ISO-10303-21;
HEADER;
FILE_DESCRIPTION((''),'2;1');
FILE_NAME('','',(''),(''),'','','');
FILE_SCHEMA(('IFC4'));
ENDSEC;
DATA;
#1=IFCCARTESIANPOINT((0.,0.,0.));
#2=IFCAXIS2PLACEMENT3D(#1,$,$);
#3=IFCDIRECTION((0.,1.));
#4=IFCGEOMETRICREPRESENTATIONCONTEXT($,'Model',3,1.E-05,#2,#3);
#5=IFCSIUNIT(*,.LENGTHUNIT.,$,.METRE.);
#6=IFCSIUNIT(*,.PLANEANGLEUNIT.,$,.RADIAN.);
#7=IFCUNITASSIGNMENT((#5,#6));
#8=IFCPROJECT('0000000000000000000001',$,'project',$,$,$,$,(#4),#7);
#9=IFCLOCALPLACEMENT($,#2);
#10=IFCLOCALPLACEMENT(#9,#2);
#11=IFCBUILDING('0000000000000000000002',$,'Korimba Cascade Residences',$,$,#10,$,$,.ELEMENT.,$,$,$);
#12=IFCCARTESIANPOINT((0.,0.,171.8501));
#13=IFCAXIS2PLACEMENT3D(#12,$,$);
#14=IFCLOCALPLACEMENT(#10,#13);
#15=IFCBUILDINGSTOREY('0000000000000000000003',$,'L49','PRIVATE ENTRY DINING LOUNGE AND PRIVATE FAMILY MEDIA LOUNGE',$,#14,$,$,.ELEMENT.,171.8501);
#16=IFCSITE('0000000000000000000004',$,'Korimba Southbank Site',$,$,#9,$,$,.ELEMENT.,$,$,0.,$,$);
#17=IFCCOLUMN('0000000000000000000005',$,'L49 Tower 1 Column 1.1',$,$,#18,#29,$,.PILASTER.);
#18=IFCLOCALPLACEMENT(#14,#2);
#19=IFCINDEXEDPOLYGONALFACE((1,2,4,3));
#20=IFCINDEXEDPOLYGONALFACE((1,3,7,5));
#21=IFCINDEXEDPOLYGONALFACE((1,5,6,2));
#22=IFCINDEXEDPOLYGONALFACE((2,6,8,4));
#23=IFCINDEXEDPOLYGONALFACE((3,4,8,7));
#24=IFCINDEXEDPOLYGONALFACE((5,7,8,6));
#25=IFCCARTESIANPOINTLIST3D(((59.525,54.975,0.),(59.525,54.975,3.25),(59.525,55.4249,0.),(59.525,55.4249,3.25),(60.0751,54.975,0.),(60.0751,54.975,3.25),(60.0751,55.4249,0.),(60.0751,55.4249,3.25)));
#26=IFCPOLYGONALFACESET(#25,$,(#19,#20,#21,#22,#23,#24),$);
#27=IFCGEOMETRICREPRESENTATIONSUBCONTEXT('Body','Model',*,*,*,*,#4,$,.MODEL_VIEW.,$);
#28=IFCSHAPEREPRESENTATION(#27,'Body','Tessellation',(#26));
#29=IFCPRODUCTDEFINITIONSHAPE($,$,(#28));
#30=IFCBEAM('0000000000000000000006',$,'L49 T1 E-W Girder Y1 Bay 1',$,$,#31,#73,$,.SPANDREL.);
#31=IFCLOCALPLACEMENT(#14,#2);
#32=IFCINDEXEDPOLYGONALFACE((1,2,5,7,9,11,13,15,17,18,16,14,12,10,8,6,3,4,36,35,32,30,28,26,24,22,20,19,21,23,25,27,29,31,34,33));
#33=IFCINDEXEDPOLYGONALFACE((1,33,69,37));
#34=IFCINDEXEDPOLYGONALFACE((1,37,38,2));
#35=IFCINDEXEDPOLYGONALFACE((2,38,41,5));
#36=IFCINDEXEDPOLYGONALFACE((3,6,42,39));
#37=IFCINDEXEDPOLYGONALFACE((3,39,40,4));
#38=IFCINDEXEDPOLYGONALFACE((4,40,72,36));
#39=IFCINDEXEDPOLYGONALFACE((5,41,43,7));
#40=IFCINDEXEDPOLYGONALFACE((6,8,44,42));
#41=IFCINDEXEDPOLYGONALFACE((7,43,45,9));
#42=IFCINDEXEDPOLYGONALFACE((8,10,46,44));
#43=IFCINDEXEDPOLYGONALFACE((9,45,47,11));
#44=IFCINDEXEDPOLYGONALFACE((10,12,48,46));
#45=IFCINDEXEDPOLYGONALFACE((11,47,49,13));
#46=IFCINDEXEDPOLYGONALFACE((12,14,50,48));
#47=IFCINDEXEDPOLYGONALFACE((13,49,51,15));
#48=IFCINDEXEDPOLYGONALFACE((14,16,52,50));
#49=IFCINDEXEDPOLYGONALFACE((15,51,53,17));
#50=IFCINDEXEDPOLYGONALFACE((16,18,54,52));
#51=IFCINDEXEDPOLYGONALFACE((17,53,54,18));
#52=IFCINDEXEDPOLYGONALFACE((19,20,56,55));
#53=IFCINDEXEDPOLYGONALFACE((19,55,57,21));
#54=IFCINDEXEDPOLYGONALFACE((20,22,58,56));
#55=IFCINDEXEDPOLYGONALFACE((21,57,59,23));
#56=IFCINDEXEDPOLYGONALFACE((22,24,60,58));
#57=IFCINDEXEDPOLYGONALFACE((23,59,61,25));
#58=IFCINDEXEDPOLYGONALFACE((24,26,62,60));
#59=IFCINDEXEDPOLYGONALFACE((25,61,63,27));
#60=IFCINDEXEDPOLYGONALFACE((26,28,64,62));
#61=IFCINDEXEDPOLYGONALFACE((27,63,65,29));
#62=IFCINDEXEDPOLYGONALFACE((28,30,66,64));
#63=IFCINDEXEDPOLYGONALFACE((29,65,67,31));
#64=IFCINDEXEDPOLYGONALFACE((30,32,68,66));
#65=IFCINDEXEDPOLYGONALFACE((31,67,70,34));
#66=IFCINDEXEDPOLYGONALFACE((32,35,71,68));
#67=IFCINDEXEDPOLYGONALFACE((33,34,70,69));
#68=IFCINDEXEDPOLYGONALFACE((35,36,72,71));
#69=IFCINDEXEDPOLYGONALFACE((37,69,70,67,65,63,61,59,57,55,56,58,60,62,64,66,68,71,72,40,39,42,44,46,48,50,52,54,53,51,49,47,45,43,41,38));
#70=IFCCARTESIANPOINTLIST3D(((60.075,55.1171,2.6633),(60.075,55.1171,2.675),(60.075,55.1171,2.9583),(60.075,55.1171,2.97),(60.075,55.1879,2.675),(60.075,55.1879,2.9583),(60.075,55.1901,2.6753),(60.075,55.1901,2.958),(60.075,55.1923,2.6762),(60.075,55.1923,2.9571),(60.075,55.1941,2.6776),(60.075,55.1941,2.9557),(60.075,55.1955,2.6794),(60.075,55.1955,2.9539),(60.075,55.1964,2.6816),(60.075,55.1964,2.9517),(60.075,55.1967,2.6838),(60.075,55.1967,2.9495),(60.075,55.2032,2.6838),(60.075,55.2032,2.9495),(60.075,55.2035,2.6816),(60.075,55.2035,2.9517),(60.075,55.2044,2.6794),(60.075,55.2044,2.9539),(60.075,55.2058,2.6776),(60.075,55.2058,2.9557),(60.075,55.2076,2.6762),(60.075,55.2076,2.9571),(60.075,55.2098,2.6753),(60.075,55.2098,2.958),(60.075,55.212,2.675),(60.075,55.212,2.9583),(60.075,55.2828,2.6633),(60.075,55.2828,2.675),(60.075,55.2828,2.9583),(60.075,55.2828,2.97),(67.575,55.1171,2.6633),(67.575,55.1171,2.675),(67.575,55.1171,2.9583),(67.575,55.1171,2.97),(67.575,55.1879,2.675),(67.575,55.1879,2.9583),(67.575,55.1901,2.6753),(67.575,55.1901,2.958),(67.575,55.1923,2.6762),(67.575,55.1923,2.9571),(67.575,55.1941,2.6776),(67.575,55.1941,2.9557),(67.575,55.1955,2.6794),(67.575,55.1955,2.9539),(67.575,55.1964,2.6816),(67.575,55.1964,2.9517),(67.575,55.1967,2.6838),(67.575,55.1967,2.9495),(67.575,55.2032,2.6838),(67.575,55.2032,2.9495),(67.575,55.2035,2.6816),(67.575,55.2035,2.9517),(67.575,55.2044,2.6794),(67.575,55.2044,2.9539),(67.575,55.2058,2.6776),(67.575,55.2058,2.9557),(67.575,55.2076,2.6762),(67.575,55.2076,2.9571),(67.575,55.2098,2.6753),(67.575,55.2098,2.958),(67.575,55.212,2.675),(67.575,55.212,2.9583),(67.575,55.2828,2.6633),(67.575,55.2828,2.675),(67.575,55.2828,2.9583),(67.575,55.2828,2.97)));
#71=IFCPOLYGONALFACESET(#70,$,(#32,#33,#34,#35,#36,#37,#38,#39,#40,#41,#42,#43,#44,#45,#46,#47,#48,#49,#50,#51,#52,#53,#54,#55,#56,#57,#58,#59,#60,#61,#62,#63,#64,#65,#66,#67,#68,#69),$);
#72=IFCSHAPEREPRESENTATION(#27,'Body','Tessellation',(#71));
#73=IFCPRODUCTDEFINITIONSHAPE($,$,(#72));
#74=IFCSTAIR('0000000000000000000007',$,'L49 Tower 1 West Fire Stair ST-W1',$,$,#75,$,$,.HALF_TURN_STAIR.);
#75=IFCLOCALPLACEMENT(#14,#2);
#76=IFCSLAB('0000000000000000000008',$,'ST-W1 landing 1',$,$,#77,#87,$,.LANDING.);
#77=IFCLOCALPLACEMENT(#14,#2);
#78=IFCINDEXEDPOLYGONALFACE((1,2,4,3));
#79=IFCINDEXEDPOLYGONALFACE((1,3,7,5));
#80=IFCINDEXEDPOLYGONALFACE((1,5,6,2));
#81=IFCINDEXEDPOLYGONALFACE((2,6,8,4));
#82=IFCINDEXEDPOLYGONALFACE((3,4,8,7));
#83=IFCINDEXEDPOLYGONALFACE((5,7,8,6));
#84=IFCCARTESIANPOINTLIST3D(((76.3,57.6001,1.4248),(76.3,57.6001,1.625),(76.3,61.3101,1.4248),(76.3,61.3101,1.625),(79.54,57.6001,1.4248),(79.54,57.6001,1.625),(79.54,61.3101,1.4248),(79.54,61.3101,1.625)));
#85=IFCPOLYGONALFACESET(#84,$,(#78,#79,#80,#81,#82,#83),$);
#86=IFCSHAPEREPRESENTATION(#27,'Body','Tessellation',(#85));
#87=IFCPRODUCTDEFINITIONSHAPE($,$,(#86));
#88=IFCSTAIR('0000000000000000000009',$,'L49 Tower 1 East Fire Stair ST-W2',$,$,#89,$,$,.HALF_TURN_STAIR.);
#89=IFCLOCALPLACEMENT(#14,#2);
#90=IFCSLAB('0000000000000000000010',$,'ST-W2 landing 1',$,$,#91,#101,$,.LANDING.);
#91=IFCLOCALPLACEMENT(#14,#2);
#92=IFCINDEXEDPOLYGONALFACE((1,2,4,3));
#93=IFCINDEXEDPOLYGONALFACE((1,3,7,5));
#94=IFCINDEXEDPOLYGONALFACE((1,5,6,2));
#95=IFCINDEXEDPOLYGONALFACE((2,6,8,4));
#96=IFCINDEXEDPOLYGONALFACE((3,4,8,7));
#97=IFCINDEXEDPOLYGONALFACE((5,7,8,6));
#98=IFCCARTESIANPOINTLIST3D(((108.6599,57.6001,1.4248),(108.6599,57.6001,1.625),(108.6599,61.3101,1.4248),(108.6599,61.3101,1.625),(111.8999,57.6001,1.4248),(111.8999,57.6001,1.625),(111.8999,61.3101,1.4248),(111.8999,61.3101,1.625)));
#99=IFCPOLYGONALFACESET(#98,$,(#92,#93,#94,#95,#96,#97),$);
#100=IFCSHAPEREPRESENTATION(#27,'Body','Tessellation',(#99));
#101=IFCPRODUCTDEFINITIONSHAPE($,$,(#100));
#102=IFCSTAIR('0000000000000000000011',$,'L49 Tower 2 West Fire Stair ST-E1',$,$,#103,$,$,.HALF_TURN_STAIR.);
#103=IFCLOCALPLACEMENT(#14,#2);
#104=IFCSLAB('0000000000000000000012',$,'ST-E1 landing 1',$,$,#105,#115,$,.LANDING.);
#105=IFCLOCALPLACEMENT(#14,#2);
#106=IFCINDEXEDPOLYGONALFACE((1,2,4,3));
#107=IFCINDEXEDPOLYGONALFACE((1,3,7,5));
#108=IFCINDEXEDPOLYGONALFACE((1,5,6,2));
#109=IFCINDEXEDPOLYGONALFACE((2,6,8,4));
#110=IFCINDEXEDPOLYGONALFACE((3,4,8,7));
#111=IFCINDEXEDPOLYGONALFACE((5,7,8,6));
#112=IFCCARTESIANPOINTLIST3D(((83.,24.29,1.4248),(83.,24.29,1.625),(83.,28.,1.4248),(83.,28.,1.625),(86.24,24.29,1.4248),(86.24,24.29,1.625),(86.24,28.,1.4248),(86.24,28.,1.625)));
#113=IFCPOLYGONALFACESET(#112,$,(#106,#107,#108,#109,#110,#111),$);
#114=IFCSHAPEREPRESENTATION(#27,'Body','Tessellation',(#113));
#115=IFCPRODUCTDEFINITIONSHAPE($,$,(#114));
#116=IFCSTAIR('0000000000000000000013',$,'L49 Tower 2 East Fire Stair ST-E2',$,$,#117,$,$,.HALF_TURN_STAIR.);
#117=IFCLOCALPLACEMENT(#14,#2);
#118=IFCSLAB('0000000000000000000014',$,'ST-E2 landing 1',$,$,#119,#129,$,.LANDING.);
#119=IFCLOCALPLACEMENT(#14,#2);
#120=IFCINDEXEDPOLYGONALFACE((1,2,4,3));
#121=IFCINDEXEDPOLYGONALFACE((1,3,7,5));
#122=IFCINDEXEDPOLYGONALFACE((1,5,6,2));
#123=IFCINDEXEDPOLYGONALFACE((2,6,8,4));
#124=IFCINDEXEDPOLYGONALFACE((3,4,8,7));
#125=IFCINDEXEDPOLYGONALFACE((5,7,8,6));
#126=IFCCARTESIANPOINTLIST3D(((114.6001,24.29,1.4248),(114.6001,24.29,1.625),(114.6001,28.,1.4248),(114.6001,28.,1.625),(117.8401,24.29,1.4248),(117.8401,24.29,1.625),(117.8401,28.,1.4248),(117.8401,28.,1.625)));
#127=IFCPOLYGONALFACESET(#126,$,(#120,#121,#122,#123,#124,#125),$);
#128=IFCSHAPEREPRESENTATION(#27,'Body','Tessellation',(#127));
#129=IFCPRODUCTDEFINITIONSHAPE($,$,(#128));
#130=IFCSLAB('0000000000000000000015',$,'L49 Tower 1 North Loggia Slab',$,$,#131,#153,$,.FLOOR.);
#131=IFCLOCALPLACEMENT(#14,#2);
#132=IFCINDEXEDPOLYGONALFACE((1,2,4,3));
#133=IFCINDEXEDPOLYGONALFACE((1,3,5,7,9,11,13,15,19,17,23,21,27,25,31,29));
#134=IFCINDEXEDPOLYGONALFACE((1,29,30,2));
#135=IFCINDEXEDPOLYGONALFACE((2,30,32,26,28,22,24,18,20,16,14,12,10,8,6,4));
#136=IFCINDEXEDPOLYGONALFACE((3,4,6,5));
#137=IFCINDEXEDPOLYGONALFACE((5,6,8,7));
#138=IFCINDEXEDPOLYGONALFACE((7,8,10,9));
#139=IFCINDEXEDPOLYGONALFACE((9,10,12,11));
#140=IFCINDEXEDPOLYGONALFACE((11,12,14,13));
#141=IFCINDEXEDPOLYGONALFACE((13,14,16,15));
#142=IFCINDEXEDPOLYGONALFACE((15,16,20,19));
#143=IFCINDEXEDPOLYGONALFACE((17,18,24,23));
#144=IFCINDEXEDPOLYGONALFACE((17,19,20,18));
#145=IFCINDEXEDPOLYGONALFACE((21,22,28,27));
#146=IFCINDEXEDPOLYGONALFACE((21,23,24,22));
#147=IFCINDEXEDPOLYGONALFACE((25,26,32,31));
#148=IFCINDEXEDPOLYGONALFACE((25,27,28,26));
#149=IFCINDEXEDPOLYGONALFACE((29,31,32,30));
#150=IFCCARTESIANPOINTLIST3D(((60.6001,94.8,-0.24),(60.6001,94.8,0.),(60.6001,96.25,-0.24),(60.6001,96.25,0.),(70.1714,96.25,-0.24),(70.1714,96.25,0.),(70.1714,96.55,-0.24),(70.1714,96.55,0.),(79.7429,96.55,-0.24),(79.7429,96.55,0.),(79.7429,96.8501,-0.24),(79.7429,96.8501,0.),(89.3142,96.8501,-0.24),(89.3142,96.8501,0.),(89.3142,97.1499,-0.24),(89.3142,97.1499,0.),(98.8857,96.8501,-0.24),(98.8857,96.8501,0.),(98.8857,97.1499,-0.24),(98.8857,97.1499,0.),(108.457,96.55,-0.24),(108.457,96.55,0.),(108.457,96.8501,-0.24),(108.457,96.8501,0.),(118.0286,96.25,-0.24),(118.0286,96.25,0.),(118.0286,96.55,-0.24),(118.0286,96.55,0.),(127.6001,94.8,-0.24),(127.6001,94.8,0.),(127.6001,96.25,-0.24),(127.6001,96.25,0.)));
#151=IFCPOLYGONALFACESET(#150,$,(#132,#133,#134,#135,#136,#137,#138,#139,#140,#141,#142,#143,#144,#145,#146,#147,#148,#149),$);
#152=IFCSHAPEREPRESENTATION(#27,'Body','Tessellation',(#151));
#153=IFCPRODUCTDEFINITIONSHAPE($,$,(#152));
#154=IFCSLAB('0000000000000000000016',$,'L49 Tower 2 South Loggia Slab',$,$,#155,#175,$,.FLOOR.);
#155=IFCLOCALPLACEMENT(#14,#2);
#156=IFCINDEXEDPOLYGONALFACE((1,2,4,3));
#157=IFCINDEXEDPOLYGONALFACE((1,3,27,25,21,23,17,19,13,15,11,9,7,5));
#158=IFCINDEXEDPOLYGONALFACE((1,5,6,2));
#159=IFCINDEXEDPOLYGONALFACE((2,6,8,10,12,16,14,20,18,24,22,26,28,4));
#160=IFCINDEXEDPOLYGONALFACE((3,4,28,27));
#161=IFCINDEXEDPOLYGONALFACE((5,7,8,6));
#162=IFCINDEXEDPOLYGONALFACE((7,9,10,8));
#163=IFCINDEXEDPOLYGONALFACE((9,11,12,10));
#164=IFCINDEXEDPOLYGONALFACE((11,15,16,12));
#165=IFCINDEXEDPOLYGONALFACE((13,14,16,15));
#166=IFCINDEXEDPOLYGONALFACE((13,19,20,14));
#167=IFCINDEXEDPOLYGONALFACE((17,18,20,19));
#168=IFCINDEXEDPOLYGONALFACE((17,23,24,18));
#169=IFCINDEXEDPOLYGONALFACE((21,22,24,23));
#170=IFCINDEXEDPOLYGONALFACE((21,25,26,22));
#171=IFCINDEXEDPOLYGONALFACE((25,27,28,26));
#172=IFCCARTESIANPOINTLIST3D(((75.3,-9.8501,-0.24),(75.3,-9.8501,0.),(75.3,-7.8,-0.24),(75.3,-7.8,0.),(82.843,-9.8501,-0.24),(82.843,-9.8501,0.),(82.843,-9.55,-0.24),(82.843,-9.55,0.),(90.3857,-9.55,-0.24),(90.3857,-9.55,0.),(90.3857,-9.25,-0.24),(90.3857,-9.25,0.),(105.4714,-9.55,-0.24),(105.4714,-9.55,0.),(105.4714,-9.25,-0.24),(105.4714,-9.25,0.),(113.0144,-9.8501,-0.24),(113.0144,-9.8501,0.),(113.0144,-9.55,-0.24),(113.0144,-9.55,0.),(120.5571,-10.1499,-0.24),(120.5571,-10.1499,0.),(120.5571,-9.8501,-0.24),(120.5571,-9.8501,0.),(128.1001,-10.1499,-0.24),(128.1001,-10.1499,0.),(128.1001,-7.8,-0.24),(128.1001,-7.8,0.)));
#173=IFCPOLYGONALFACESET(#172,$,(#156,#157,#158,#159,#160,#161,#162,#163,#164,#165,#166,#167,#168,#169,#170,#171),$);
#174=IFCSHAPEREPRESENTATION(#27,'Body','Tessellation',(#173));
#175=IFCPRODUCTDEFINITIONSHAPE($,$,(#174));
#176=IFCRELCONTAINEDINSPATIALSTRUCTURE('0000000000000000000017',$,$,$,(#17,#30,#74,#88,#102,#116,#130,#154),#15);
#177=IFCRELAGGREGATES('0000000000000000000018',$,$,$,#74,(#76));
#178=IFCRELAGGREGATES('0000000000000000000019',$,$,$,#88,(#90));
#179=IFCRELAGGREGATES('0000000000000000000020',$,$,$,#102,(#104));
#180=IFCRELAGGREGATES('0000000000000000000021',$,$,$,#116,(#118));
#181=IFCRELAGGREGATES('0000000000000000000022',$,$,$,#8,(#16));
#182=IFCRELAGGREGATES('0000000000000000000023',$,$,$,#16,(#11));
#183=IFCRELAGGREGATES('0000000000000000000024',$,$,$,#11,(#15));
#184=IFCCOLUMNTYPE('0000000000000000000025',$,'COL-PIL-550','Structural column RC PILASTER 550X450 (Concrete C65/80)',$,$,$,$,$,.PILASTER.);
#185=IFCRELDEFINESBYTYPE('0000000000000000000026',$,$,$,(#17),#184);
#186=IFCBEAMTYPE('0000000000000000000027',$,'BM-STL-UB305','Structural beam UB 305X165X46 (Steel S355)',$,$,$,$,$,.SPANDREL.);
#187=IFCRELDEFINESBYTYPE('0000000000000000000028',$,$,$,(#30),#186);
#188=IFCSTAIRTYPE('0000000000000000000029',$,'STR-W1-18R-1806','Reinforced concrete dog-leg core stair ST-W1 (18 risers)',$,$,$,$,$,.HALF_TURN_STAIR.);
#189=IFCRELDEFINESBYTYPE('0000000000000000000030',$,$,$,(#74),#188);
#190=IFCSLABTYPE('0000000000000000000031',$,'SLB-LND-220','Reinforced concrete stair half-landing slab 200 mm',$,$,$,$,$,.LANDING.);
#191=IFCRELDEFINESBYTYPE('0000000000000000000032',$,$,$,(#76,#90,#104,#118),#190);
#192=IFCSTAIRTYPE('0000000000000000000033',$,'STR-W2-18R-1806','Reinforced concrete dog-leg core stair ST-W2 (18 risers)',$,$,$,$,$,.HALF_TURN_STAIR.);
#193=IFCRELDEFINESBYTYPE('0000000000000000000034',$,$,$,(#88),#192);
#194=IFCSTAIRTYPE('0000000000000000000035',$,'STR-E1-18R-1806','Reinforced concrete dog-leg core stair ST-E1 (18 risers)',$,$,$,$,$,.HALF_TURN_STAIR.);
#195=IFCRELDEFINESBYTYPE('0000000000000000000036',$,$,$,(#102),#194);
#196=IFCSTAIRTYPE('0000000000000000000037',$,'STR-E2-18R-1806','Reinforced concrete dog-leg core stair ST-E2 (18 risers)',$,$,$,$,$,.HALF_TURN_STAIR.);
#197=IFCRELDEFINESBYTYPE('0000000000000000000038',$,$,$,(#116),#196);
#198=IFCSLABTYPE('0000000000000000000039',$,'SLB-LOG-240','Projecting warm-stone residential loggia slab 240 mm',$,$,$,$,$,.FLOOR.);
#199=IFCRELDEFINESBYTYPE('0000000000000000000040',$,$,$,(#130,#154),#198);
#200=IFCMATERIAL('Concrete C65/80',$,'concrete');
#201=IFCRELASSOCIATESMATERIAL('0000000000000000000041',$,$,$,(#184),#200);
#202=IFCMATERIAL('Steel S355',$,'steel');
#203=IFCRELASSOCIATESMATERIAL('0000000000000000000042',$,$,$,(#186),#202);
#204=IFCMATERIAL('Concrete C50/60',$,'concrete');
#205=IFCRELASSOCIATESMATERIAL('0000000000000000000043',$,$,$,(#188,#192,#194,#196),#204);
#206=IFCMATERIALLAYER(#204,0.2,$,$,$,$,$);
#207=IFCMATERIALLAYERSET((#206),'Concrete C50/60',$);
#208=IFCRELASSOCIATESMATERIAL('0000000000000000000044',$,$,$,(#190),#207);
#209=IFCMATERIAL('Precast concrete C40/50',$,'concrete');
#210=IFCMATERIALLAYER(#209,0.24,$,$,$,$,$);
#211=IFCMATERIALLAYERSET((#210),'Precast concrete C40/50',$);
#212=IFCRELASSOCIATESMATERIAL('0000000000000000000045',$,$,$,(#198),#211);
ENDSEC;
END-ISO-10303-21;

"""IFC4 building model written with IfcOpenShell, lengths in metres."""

from ifc_helpers import new_model, si_unit, direction, frame, origin, origin_2d, place, context, subcontext, project, spatial, polyline, rectangle, i_section, outline, extrude, material, layer, layer_set, material_profile, profile_set, type_object, element, aggregate, save


model = new_model("IFC4")

# Units and contexts
model_context = context("Model", 3, precision=1e-05, world=origin(), true_north=direction((0.0, 1.0)))
body_context = subcontext(model_context, "Body", "Model", "MODEL_VIEW")
ifc_project = project(units=[si_unit("LENGTHUNIT", "METRE"), si_unit("PLANEANGLEUNIT", "RADIAN")], contexts=[model_context])

# Site, building, storey
site_placement = place(None, origin())
site = spatial("IfcSite", under=ifc_project, at=site_placement, Name="Korimba Southbank Site", CompositionType="ELEMENT", RefElevation=0.0)
building_placement = place(site_placement, origin())
building = spatial("IfcBuilding", under=site, at=building_placement, Name="Korimba Cascade Residences", CompositionType="ELEMENT")
storey_placement = place(building_placement, frame((0.0, 0.0, 171.8501)))
storey = spatial("IfcBuildingStorey", under=building, at=storey_placement, Name="L49", Description="PRIVATE ENTRY DINING LOUNGE AND PRIVATE FAMILY MEDIA LOUNGE", CompositionType="ELEMENT", Elevation=171.8501)

# Column
ifc_material_1 = material(Name="Concrete C65/80", Category="concrete")
ifc_material_profile_1 = material_profile(ifc_material_1, rectangle(XDim=0.55, YDim=0.45, at=origin_2d()), Name="Concrete C65/80")
ifc_profile_set_1 = profile_set([ifc_material_profile_1], Name="Concrete C65/80")
column_type = type_object("IfcColumnType", Name="COL-PIL-550", Description="Structural column RC PILASTER 550X450 (Concrete C65/80)", PredefinedType="PILASTER", material=ifc_profile_set_1)
column_placement = place(storey_placement, frame((59.8, 55.2, 0.0), z_axis=(0.0, 0.0, 1.0), x_axis=(1.0, 0.0, 0.0)))
element("IfcColumn", 1, at=column_placement, inside=storey, type_object=column_type, Name="L49 Tower 1 Column 1.1", PredefinedType="PILASTER", context=body_context, shape_type="SweptSolid", body=[
    extrude(rectangle(XDim=0.55, YDim=0.45, at=origin_2d()), origin(), (0.0, 0.0, 1.0), 3.25),
])

# Beam
ifc_material_2 = material(Name="Steel S355", Category="steel")
ifc_material_profile_2 = material_profile(ifc_material_2, i_section(OverallWidth=0.1658, OverallDepth=0.3066, WebThickness=0.0066, FlangeThickness=0.0117, FilletRadius=0.0088, at=origin_2d()), Name="Steel S355")
ifc_profile_set_2 = profile_set([ifc_material_profile_2], Name="Steel S355")
beam_type = type_object("IfcBeamType", Name="BM-STL-UB305", Description="Structural beam UB 305X165X46 (Steel S355)", PredefinedType="SPANDREL", material=ifc_profile_set_2)
beam_placement = place(storey_placement, frame((60.075, 55.2, 2.8167), z_axis=(1.0, 0.0, 0.0), x_axis=(0.0, 1.0, 0.0)))
element("IfcBeam", 2, at=beam_placement, inside=storey, type_object=beam_type, Name="L49 T1 E-W Girder Y1 Bay 1", PredefinedType="SPANDREL", context=body_context, shape_type="SweptSolid", body=[
    extrude(i_section(OverallWidth=0.1658, OverallDepth=0.3066, WebThickness=0.0066, FlangeThickness=0.0117, FilletRadius=0.0088, at=origin_2d()), origin(), (0.0, 0.0, 1.0), 7.5),
])

# Stairs, slabs
ifc_material_3 = material(Name="Concrete C50/60", Category="concrete")
stair_type_1 = type_object("IfcStairType", Name="STR-W1-18R-1806", Description="Reinforced concrete dog-leg core stair ST-W1 (18 risers)", PredefinedType="HALF_TURN_STAIR", material=ifc_material_3)
stair_1_placement = place(storey_placement, origin())
stair_1 = element("IfcStair", 3, at=stair_1_placement, inside=storey, type_object=stair_type_1, Name="L49 Tower 1 West Fire Stair ST-W1", PredefinedType="HALF_TURN_STAIR")
ifc_layer_1 = layer(ifc_material_3, 0.2)
ifc_layer_set_1 = layer_set([ifc_layer_1], Name="Concrete C50/60")
slab_type_1 = type_object("IfcSlabType", Name="SLB-LND-220", Description="Reinforced concrete stair half-landing slab 200 mm", PredefinedType="LANDING", material=ifc_layer_set_1)
slab_1_placement = place(storey_placement, frame((0.0, 0.0, 1.4248)))
slab_1 = element("IfcSlab", 4, at=slab_1_placement, type_object=slab_type_1, Name="ST-W1 landing 1", PredefinedType="LANDING", context=body_context, shape_type="SweptSolid", body=[
    extrude(outline(polyline([(76.3, 61.3101), (76.3, 57.6001), (79.54, 57.6001), (79.54, 61.3101), (76.3, 61.3101)])), origin(), (0.0, 0.0, 1.0), 0.2002),
])
aggregate(stair_1, [slab_1])
stair_type_2 = type_object("IfcStairType", Name="STR-W2-18R-1806", Description="Reinforced concrete dog-leg core stair ST-W2 (18 risers)", PredefinedType="HALF_TURN_STAIR", material=ifc_material_3)
stair_2_placement = place(storey_placement, origin())
stair_2 = element("IfcStair", 5, at=stair_2_placement, inside=storey, type_object=stair_type_2, Name="L49 Tower 1 East Fire Stair ST-W2", PredefinedType="HALF_TURN_STAIR")
slab_2_placement = place(storey_placement, frame((0.0, 0.0, 1.4248)))
slab_2 = element("IfcSlab", 6, at=slab_2_placement, type_object=slab_type_1, Name="ST-W2 landing 1", PredefinedType="LANDING", context=body_context, shape_type="SweptSolid", body=[
    extrude(outline(polyline([(108.6599, 61.3101), (108.6599, 57.6001), (111.8999, 57.6001), (111.8999, 61.3101), (108.6599, 61.3101)])), origin(), (0.0, 0.0, 1.0), 0.2002),
])
aggregate(stair_2, [slab_2])
stair_type_3 = type_object("IfcStairType", Name="STR-E1-18R-1806", Description="Reinforced concrete dog-leg core stair ST-E1 (18 risers)", PredefinedType="HALF_TURN_STAIR", material=ifc_material_3)
stair_3_placement = place(storey_placement, origin())
stair_3 = element("IfcStair", 7, at=stair_3_placement, inside=storey, type_object=stair_type_3, Name="L49 Tower 2 West Fire Stair ST-E1", PredefinedType="HALF_TURN_STAIR")
slab_3_placement = place(storey_placement, frame((0.0, 0.0, 1.4248)))
slab_3 = element("IfcSlab", 8, at=slab_3_placement, type_object=slab_type_1, Name="ST-E1 landing 1", PredefinedType="LANDING", context=body_context, shape_type="SweptSolid", body=[
    extrude(outline(polyline([(86.24, 24.29), (86.24, 28.0), (83.0, 28.0), (83.0, 24.29), (86.24, 24.29)])), origin(), (0.0, 0.0, 1.0), 0.2002),
])
aggregate(stair_3, [slab_3])
stair_type_4 = type_object("IfcStairType", Name="STR-E2-18R-1806", Description="Reinforced concrete dog-leg core stair ST-E2 (18 risers)", PredefinedType="HALF_TURN_STAIR", material=ifc_material_3)
stair_4_placement = place(storey_placement, origin())
stair_4 = element("IfcStair", 9, at=stair_4_placement, inside=storey, type_object=stair_type_4, Name="L49 Tower 2 East Fire Stair ST-E2", PredefinedType="HALF_TURN_STAIR")
slab_4_placement = place(storey_placement, frame((0.0, 0.0, 1.4248)))
slab_4 = element("IfcSlab", 10, at=slab_4_placement, type_object=slab_type_1, Name="ST-E2 landing 1", PredefinedType="LANDING", context=body_context, shape_type="SweptSolid", body=[
    extrude(outline(polyline([(117.8401, 24.29), (117.8401, 28.0), (114.6001, 28.0), (114.6001, 24.29), (117.8401, 24.29)])), origin(), (0.0, 0.0, 1.0), 0.2002),
])
aggregate(stair_4, [slab_4])

# Slabs
ifc_material_4 = material(Name="Precast concrete C40/50", Category="concrete")
ifc_layer_2 = layer(ifc_material_4, 0.24)
ifc_layer_set_2 = layer_set([ifc_layer_2], Name="Precast concrete C40/50")
slab_type_2 = type_object("IfcSlabType", Name="SLB-LOG-240", Description="Projecting warm-stone residential loggia slab 240 mm", PredefinedType="FLOOR", material=ifc_layer_set_2)
slab_5_placement = place(storey_placement, frame((0.0, 0.0, -0.24)))
element("IfcSlab", 11, at=slab_5_placement, inside=storey, type_object=slab_type_2, Name="L49 Tower 1 North Loggia Slab", PredefinedType="FLOOR", context=body_context, shape_type="SweptSolid", body=[
    extrude(outline(polyline([(60.6001, 94.8), (127.6001, 94.8), (127.6001, 96.25), (118.0286, 96.25), (118.0286, 96.55), (108.457, 96.55), (108.457, 96.8501), (98.8857, 96.8501), (98.8857, 97.1499), (89.3142, 97.1499), (89.3142, 96.8501), (79.7429, 96.8501), (79.7429, 96.55), (70.1714, 96.55), (70.1714, 96.25), (60.6001, 96.25), (60.6001, 94.8)])), origin(), (0.0, 0.0, 1.0), 0.24),
])
slab_6_placement = place(storey_placement, frame((0.0, 0.0, -0.24)))
element("IfcSlab", 12, at=slab_6_placement, inside=storey, type_object=slab_type_2, Name="L49 Tower 2 South Loggia Slab", PredefinedType="FLOOR", context=body_context, shape_type="SweptSolid", body=[
    extrude(outline(polyline([(75.3, -9.8501), (82.843, -9.8501), (82.843, -9.55), (90.3857, -9.55), (90.3857, -9.25), (105.4714, -9.25), (105.4714, -9.55), (113.0144, -9.55), (113.0144, -9.8501), (120.5571, -9.8501), (120.5571, -10.1499), (128.1001, -10.1499), (128.1001, -7.8), (75.3, -7.8), (75.3, -9.8501)])), origin(), (0.0, 0.0, 1.0), 0.24),
])

save(model, "model.ifc")
